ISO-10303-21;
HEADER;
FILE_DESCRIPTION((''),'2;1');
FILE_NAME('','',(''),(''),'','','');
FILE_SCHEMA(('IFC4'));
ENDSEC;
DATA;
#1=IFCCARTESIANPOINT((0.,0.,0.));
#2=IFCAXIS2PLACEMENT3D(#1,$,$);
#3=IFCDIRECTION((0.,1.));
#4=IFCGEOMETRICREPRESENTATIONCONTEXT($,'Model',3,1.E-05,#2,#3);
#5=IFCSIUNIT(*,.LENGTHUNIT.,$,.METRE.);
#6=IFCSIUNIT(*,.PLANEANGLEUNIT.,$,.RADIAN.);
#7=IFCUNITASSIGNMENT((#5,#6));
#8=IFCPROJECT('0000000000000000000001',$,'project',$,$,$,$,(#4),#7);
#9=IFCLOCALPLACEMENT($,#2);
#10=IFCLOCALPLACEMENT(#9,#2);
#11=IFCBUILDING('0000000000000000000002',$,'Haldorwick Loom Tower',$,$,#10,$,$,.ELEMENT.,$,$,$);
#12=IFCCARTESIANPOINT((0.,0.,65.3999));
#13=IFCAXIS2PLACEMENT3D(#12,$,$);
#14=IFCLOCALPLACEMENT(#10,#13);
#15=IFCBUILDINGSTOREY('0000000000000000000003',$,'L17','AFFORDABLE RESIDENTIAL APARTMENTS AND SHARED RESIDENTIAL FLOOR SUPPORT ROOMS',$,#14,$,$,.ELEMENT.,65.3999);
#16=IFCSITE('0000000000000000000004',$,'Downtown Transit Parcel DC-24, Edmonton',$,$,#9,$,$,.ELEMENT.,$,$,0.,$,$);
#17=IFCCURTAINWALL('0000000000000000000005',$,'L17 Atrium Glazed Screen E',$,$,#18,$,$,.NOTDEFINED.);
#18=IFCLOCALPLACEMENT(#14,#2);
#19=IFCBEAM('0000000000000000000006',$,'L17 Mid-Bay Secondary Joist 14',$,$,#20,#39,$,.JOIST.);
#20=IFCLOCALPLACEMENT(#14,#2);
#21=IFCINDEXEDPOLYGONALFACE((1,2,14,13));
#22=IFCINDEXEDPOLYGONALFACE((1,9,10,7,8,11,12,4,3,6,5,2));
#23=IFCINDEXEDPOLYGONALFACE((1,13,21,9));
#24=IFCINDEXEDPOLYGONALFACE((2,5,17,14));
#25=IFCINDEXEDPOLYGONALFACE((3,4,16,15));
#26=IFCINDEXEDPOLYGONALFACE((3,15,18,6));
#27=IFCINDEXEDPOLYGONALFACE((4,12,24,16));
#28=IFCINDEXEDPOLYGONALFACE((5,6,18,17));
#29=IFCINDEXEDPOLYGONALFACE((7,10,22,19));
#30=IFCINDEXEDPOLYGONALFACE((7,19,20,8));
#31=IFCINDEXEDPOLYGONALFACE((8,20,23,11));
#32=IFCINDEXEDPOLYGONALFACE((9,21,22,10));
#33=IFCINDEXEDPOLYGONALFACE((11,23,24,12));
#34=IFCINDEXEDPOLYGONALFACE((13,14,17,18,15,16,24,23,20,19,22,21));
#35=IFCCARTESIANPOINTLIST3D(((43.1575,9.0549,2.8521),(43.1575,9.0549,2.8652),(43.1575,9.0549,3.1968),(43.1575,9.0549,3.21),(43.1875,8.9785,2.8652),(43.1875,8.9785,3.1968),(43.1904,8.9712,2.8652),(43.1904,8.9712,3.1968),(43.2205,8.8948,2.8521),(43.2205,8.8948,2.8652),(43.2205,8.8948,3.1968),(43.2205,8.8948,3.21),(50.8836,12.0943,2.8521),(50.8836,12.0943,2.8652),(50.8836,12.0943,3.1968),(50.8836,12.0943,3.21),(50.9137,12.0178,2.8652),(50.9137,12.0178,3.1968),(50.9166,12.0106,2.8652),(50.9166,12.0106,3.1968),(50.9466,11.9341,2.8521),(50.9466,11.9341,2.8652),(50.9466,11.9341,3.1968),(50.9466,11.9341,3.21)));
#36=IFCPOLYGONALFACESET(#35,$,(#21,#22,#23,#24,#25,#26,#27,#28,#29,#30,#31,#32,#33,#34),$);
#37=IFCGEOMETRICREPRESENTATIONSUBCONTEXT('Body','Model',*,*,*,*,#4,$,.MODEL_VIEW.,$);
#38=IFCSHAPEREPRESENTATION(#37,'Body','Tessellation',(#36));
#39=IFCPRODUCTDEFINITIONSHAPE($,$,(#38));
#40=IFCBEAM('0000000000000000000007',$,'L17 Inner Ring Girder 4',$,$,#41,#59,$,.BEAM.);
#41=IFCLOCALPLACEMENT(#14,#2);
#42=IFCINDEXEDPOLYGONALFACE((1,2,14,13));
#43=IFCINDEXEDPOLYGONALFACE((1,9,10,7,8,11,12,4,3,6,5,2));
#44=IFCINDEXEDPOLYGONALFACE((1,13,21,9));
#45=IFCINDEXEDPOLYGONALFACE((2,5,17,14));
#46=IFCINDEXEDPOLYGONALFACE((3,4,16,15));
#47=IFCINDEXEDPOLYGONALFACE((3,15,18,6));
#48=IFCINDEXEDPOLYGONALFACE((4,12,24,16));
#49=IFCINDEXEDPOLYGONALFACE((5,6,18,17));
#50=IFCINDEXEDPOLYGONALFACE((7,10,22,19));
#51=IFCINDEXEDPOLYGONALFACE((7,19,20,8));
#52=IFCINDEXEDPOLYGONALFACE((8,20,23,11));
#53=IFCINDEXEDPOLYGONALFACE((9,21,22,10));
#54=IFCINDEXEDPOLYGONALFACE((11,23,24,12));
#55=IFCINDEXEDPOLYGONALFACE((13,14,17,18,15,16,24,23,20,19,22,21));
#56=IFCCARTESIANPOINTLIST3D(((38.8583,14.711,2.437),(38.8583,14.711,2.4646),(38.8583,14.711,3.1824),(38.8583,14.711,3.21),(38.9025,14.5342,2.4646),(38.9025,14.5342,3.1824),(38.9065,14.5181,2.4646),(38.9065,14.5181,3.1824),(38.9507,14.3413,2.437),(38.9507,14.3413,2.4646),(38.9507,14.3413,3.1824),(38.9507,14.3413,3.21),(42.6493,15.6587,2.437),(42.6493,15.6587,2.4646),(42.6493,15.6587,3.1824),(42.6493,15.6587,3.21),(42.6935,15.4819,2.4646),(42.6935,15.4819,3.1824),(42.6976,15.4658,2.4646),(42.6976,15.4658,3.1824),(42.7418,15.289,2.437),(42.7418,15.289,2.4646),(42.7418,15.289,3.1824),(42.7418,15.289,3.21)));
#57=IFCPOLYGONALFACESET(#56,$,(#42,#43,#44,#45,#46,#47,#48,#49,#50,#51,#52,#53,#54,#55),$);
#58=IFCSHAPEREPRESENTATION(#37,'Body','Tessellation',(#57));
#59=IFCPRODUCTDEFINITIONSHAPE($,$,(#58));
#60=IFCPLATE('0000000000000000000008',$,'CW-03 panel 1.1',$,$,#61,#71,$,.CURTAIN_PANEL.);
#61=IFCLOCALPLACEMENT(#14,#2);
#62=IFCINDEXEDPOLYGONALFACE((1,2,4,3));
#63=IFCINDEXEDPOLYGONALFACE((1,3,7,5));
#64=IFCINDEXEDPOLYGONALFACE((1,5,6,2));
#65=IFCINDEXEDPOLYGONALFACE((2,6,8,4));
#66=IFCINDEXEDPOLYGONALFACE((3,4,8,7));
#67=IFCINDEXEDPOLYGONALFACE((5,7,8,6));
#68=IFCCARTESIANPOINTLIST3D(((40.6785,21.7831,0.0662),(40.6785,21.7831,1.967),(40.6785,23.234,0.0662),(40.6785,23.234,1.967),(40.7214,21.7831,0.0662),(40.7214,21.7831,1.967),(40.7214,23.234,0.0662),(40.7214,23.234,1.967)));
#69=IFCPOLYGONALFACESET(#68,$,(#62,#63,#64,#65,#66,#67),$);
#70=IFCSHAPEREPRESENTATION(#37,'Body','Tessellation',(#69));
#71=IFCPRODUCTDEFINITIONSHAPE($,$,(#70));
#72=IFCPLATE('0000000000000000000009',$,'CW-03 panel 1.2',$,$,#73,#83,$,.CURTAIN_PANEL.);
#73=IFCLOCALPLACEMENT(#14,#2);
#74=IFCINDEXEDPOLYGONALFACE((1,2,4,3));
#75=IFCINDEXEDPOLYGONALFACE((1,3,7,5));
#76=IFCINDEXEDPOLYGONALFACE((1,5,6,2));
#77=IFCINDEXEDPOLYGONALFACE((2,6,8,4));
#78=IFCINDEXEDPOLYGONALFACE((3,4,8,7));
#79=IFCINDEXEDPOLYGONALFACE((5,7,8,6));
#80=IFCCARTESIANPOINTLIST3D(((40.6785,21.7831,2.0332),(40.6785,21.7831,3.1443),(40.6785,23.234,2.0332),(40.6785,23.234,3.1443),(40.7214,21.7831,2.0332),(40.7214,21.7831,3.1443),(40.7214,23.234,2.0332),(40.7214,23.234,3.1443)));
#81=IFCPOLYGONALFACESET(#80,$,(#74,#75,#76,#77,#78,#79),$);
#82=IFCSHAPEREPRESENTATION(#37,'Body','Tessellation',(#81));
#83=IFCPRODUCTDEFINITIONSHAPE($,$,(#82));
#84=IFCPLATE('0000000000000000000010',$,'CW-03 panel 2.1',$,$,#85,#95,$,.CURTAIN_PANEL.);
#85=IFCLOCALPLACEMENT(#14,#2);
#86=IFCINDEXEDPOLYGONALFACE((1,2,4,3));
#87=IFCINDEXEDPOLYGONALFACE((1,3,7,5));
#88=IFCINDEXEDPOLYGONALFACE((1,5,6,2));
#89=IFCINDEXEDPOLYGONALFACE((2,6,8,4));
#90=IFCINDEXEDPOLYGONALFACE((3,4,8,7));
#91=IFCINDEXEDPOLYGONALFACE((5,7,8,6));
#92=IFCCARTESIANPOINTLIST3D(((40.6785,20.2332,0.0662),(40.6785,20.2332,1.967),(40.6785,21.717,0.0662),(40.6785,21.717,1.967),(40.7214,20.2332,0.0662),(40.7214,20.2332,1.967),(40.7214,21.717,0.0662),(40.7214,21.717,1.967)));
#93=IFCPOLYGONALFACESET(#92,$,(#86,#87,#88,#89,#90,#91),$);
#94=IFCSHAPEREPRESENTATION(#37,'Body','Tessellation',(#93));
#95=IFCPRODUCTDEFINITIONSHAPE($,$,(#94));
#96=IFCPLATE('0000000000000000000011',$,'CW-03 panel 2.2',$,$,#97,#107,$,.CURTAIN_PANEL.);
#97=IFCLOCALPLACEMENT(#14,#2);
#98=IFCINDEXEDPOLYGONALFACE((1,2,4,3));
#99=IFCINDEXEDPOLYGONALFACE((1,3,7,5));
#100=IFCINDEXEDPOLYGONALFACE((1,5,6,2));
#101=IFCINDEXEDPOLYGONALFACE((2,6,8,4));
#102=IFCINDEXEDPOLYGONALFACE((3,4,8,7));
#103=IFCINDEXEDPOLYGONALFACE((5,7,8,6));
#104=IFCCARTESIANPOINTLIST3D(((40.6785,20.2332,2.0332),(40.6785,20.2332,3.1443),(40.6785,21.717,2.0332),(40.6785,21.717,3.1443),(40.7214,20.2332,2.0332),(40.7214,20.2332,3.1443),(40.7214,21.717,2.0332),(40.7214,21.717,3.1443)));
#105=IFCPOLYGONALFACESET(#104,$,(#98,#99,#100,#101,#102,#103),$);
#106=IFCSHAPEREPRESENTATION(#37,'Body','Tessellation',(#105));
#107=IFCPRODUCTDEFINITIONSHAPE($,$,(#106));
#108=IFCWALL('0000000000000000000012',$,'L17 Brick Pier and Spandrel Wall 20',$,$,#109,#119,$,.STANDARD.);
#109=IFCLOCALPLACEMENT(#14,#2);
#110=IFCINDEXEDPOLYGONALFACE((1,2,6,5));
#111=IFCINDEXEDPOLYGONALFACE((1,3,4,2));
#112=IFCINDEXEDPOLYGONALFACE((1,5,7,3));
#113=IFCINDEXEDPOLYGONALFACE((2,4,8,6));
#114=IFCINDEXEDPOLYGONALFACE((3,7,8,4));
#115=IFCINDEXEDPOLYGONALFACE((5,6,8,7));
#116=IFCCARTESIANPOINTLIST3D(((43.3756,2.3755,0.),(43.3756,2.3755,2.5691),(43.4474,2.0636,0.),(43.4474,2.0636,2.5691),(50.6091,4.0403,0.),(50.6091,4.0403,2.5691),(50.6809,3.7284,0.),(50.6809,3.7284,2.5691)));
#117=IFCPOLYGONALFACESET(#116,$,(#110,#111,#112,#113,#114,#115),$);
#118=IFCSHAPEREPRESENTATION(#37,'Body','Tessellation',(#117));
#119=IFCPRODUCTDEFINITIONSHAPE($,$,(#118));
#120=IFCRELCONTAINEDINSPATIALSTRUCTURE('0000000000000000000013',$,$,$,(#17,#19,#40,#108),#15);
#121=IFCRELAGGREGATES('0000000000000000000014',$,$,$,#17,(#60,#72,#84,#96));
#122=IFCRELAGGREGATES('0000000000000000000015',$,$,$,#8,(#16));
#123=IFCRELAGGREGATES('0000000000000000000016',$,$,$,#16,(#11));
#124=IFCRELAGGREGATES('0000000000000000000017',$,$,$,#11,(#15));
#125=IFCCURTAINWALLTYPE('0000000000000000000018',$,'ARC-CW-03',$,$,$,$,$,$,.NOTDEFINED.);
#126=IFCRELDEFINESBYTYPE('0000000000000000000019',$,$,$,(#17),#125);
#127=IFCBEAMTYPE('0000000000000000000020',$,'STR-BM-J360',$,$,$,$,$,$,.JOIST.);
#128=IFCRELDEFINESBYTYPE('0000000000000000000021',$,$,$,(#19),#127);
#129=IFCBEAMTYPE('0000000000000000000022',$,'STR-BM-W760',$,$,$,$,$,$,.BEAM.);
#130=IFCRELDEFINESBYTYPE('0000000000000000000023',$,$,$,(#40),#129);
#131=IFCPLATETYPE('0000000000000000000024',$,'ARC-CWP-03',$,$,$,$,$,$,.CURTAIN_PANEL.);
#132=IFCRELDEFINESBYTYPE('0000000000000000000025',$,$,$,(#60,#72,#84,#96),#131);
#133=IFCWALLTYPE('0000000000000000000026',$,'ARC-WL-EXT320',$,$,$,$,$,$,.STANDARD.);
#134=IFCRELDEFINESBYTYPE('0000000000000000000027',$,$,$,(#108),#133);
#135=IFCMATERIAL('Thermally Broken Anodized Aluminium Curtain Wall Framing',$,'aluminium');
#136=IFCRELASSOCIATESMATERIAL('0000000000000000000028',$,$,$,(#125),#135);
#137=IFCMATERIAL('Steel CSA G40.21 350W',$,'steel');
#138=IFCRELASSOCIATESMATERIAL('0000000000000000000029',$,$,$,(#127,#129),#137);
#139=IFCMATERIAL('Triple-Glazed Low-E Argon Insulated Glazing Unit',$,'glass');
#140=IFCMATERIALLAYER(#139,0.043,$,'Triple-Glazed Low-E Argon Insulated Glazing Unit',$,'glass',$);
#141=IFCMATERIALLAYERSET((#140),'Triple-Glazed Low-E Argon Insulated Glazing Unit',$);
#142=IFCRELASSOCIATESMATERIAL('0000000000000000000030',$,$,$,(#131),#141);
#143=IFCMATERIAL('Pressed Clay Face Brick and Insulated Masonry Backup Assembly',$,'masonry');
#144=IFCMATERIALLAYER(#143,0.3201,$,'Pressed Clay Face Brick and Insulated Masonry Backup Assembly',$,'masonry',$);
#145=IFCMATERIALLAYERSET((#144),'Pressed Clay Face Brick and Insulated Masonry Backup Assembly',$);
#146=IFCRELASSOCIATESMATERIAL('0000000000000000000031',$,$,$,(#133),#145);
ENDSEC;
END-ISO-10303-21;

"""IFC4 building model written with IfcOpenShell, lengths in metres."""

from ifc_helpers import new_model, si_unit, direction, frame, frame_2d, origin, origin_2d, place, context, subcontext, project, spatial, rectangle, i_section, extrude, material, layer, layer_set, material_profile, profile_set, type_object, element, aggregate, save


model = new_model("IFC4")

# Units and contexts
model_context = context("Model", 3, precision=1e-05, world=origin(), true_north=direction((0.0, 1.0)))
body_context = subcontext(model_context, "Body", "Model", "MODEL_VIEW")
ifc_project = project(units=[si_unit("LENGTHUNIT", "METRE"), si_unit("PLANEANGLEUNIT", "RADIAN")], contexts=[model_context])

# Site, building, storey
site_placement = place(None, origin())
site = spatial("IfcSite", under=ifc_project, at=site_placement, Name="Downtown Transit Parcel DC-24, Edmonton", CompositionType="ELEMENT", RefElevation=0.0)
building_placement = place(site_placement, origin())
building = spatial("IfcBuilding", under=site, at=building_placement, Name="Haldorwick Loom Tower", CompositionType="ELEMENT")
storey_placement = place(building_placement, frame((0.0, 0.0, 65.3999)))
storey = spatial("IfcBuildingStorey", under=building, at=storey_placement, Name="L17", Description="AFFORDABLE RESIDENTIAL APARTMENTS AND SHARED RESIDENTIAL FLOOR SUPPORT ROOMS", CompositionType="ELEMENT", Elevation=65.3999)

# Curtain wall
ifc_material_1 = material(Name="Thermally Broken Anodized Aluminium Curtain Wall Framing", Category="aluminium")
curtain_wall_type = type_object("IfcCurtainWallType", Name="ARC-CW-03", PredefinedType="NOTDEFINED", material=ifc_material_1)
curtain_wall_placement = place(storey_placement, origin())
curtain_wall = element("IfcCurtainWall", 1, at=curtain_wall_placement, inside=storey, type_object=curtain_wall_type, Name="L17 Atrium Glazed Screen E", PredefinedType="NOTDEFINED")

# Beams
ifc_material_2 = material(Name="Steel CSA G40.21 350W", Category="steel")
ifc_material_profile_1 = material_profile(ifc_material_2, i_section(OverallWidth=0.1721, OverallDepth=0.3579, WebThickness=0.0078, FlangeThickness=0.0132, at=origin_2d()), Name="W360X57", Category="steel")
ifc_profile_set_1 = profile_set([ifc_material_profile_1], Name="Steel CSA G40.21 350W")
beam_type_1 = type_object("IfcBeamType", Name="STR-BM-J360", PredefinedType="JOIST", material=ifc_profile_set_1)
beam_1_placement = place(storey_placement, frame((43.189, 8.9749, 3.031), z_axis=(0.930585, 0.366076, 0.0), x_axis=(-0.366076, 0.930585, 0.0)))
element("IfcBeam", 2, at=beam_1_placement, inside=storey, type_object=beam_type_1, Name="L17 Mid-Bay Secondary Joist 14", PredefinedType="JOIST", context=body_context, shape_type="SweptSolid", body=[
    extrude(i_section(OverallWidth=0.1721, OverallDepth=0.3579, WebThickness=0.0078, FlangeThickness=0.0132, at=origin_2d()), origin(), (0.0, 0.0, 1.0), 8.3025),
])
ifc_material_profile_2 = material_profile(ifc_material_2, i_section(OverallWidth=0.3811, OverallDepth=0.7729, WebThickness=0.0166, FlangeThickness=0.0276, at=origin_2d()), Name="W760X257", Category="steel")
ifc_profile_set_2 = profile_set([ifc_material_profile_2], Name="Steel CSA G40.21 350W")
beam_type_2 = type_object("IfcBeamType", Name="STR-BM-W760", PredefinedType="BEAM", material=ifc_profile_set_2)
beam_2_placement = place(storey_placement, frame((42.6956, 15.4739, 2.8235), z_axis=(-0.970143, -0.242536, 0.0), x_axis=(0.242536, -0.970143, 0.0)))
element("IfcBeam", 3, at=beam_2_placement, inside=storey, type_object=beam_type_2, Name="L17 Inner Ring Girder 4", PredefinedType="BEAM", context=body_context, shape_type="SweptSolid", body=[
    extrude(i_section(OverallWidth=0.3811, OverallDepth=0.7729, WebThickness=0.0166, FlangeThickness=0.0276, at=origin_2d()), origin(), (0.0, 0.0, 1.0), 3.9077),
])

# Plates
ifc_material_3 = material(Name="Triple-Glazed Low-E Argon Insulated Glazing Unit", Category="glass")
ifc_layer_1 = layer(ifc_material_3, 0.043, Name="Triple-Glazed Low-E Argon Insulated Glazing Unit", Category="glass")
ifc_layer_set_1 = layer_set([ifc_layer_1], Name="Triple-Glazed Low-E Argon Insulated Glazing Unit")
plate_type = type_object("IfcPlateType", Name="ARC-CWP-03", PredefinedType="CURTAIN_PANEL", material=ifc_layer_set_1)
plate_1_placement = place(storey_placement, frame((40.7, 22.5085, 0.0662), z_axis=(0.0, 0.0, 1.0), x_axis=(0.0, -1.0, 0.0)))
plate_1 = element("IfcPlate", 4, at=plate_1_placement, type_object=plate_type, Name="CW-03 panel 1.1", PredefinedType="CURTAIN_PANEL", context=body_context, shape_type="SweptSolid", body=[
    extrude(rectangle(XDim=1.4509, YDim=0.043, at=origin_2d()), origin(), (0.0, 0.0, 1.0), 1.9009),
])
plate_2_placement = place(storey_placement, frame((40.7, 22.5085, 2.0332), z_axis=(0.0, 0.0, 1.0), x_axis=(0.0, -1.0, 0.0)))
plate_2 = element("IfcPlate", 5, at=plate_2_placement, type_object=plate_type, Name="CW-03 panel 1.2", PredefinedType="CURTAIN_PANEL", context=body_context, shape_type="SweptSolid", body=[
    extrude(rectangle(XDim=1.4509, YDim=0.043, at=origin_2d()), origin(), (0.0, 0.0, 1.0), 1.1111),
])
plate_3_placement = place(storey_placement, frame((40.7, 20.9751, 0.0662), z_axis=(0.0, 0.0, 1.0), x_axis=(0.0, -1.0, 0.0)))
plate_3 = element("IfcPlate", 6, at=plate_3_placement, type_object=plate_type, Name="CW-03 panel 2.1", PredefinedType="CURTAIN_PANEL", context=body_context, shape_type="SweptSolid", body=[
    extrude(rectangle(XDim=1.4839, YDim=0.043, at=origin_2d()), origin(), (0.0, 0.0, 1.0), 1.9009),
])
plate_4_placement = place(storey_placement, frame((40.7, 20.9751, 2.0332), z_axis=(0.0, 0.0, 1.0), x_axis=(0.0, -1.0, 0.0)))
plate_4 = element("IfcPlate", 7, at=plate_4_placement, type_object=plate_type, Name="CW-03 panel 2.2", PredefinedType="CURTAIN_PANEL", context=body_context, shape_type="SweptSolid", body=[
    extrude(rectangle(XDim=1.4839, YDim=0.043, at=origin_2d()), origin(), (0.0, 0.0, 1.0), 1.1111),
])
aggregate(curtain_wall, [plate_1, plate_2, plate_3, plate_4])

# Wall
ifc_material_4 = material(Name="Pressed Clay Face Brick and Insulated Masonry Backup Assembly", Category="masonry")
ifc_layer_2 = layer(ifc_material_4, 0.3201, Name="Pressed Clay Face Brick and Insulated Masonry Backup Assembly", Category="masonry")
ifc_layer_set_2 = layer_set([ifc_layer_2], Name="Pressed Clay Face Brick and Insulated Masonry Backup Assembly")
wall_type_1 = type_object("IfcWallType", Name="ARC-WL-EXT320", PredefinedType="STANDARD", material=ifc_layer_set_2)
wall_1_placement = place(storey_placement, frame((43.4114, 2.2195, 0.0), z_axis=(0.0, 0.0, 1.0), x_axis=(0.974522, 0.22429, 0.0)))
element("IfcWall", 8, at=wall_1_placement, inside=storey, type_object=wall_type_1, Name="L17 Brick Pier and Spandrel Wall 20", PredefinedType="STANDARD", context=body_context, shape_type="SweptSolid", body=[
    extrude(rectangle(XDim=7.4226, YDim=0.3201, at=frame_2d((3.7114, 0.0))), origin(), (0.0, 0.0, 1.0), 2.5691),
])

save(model, "model.ifc")
